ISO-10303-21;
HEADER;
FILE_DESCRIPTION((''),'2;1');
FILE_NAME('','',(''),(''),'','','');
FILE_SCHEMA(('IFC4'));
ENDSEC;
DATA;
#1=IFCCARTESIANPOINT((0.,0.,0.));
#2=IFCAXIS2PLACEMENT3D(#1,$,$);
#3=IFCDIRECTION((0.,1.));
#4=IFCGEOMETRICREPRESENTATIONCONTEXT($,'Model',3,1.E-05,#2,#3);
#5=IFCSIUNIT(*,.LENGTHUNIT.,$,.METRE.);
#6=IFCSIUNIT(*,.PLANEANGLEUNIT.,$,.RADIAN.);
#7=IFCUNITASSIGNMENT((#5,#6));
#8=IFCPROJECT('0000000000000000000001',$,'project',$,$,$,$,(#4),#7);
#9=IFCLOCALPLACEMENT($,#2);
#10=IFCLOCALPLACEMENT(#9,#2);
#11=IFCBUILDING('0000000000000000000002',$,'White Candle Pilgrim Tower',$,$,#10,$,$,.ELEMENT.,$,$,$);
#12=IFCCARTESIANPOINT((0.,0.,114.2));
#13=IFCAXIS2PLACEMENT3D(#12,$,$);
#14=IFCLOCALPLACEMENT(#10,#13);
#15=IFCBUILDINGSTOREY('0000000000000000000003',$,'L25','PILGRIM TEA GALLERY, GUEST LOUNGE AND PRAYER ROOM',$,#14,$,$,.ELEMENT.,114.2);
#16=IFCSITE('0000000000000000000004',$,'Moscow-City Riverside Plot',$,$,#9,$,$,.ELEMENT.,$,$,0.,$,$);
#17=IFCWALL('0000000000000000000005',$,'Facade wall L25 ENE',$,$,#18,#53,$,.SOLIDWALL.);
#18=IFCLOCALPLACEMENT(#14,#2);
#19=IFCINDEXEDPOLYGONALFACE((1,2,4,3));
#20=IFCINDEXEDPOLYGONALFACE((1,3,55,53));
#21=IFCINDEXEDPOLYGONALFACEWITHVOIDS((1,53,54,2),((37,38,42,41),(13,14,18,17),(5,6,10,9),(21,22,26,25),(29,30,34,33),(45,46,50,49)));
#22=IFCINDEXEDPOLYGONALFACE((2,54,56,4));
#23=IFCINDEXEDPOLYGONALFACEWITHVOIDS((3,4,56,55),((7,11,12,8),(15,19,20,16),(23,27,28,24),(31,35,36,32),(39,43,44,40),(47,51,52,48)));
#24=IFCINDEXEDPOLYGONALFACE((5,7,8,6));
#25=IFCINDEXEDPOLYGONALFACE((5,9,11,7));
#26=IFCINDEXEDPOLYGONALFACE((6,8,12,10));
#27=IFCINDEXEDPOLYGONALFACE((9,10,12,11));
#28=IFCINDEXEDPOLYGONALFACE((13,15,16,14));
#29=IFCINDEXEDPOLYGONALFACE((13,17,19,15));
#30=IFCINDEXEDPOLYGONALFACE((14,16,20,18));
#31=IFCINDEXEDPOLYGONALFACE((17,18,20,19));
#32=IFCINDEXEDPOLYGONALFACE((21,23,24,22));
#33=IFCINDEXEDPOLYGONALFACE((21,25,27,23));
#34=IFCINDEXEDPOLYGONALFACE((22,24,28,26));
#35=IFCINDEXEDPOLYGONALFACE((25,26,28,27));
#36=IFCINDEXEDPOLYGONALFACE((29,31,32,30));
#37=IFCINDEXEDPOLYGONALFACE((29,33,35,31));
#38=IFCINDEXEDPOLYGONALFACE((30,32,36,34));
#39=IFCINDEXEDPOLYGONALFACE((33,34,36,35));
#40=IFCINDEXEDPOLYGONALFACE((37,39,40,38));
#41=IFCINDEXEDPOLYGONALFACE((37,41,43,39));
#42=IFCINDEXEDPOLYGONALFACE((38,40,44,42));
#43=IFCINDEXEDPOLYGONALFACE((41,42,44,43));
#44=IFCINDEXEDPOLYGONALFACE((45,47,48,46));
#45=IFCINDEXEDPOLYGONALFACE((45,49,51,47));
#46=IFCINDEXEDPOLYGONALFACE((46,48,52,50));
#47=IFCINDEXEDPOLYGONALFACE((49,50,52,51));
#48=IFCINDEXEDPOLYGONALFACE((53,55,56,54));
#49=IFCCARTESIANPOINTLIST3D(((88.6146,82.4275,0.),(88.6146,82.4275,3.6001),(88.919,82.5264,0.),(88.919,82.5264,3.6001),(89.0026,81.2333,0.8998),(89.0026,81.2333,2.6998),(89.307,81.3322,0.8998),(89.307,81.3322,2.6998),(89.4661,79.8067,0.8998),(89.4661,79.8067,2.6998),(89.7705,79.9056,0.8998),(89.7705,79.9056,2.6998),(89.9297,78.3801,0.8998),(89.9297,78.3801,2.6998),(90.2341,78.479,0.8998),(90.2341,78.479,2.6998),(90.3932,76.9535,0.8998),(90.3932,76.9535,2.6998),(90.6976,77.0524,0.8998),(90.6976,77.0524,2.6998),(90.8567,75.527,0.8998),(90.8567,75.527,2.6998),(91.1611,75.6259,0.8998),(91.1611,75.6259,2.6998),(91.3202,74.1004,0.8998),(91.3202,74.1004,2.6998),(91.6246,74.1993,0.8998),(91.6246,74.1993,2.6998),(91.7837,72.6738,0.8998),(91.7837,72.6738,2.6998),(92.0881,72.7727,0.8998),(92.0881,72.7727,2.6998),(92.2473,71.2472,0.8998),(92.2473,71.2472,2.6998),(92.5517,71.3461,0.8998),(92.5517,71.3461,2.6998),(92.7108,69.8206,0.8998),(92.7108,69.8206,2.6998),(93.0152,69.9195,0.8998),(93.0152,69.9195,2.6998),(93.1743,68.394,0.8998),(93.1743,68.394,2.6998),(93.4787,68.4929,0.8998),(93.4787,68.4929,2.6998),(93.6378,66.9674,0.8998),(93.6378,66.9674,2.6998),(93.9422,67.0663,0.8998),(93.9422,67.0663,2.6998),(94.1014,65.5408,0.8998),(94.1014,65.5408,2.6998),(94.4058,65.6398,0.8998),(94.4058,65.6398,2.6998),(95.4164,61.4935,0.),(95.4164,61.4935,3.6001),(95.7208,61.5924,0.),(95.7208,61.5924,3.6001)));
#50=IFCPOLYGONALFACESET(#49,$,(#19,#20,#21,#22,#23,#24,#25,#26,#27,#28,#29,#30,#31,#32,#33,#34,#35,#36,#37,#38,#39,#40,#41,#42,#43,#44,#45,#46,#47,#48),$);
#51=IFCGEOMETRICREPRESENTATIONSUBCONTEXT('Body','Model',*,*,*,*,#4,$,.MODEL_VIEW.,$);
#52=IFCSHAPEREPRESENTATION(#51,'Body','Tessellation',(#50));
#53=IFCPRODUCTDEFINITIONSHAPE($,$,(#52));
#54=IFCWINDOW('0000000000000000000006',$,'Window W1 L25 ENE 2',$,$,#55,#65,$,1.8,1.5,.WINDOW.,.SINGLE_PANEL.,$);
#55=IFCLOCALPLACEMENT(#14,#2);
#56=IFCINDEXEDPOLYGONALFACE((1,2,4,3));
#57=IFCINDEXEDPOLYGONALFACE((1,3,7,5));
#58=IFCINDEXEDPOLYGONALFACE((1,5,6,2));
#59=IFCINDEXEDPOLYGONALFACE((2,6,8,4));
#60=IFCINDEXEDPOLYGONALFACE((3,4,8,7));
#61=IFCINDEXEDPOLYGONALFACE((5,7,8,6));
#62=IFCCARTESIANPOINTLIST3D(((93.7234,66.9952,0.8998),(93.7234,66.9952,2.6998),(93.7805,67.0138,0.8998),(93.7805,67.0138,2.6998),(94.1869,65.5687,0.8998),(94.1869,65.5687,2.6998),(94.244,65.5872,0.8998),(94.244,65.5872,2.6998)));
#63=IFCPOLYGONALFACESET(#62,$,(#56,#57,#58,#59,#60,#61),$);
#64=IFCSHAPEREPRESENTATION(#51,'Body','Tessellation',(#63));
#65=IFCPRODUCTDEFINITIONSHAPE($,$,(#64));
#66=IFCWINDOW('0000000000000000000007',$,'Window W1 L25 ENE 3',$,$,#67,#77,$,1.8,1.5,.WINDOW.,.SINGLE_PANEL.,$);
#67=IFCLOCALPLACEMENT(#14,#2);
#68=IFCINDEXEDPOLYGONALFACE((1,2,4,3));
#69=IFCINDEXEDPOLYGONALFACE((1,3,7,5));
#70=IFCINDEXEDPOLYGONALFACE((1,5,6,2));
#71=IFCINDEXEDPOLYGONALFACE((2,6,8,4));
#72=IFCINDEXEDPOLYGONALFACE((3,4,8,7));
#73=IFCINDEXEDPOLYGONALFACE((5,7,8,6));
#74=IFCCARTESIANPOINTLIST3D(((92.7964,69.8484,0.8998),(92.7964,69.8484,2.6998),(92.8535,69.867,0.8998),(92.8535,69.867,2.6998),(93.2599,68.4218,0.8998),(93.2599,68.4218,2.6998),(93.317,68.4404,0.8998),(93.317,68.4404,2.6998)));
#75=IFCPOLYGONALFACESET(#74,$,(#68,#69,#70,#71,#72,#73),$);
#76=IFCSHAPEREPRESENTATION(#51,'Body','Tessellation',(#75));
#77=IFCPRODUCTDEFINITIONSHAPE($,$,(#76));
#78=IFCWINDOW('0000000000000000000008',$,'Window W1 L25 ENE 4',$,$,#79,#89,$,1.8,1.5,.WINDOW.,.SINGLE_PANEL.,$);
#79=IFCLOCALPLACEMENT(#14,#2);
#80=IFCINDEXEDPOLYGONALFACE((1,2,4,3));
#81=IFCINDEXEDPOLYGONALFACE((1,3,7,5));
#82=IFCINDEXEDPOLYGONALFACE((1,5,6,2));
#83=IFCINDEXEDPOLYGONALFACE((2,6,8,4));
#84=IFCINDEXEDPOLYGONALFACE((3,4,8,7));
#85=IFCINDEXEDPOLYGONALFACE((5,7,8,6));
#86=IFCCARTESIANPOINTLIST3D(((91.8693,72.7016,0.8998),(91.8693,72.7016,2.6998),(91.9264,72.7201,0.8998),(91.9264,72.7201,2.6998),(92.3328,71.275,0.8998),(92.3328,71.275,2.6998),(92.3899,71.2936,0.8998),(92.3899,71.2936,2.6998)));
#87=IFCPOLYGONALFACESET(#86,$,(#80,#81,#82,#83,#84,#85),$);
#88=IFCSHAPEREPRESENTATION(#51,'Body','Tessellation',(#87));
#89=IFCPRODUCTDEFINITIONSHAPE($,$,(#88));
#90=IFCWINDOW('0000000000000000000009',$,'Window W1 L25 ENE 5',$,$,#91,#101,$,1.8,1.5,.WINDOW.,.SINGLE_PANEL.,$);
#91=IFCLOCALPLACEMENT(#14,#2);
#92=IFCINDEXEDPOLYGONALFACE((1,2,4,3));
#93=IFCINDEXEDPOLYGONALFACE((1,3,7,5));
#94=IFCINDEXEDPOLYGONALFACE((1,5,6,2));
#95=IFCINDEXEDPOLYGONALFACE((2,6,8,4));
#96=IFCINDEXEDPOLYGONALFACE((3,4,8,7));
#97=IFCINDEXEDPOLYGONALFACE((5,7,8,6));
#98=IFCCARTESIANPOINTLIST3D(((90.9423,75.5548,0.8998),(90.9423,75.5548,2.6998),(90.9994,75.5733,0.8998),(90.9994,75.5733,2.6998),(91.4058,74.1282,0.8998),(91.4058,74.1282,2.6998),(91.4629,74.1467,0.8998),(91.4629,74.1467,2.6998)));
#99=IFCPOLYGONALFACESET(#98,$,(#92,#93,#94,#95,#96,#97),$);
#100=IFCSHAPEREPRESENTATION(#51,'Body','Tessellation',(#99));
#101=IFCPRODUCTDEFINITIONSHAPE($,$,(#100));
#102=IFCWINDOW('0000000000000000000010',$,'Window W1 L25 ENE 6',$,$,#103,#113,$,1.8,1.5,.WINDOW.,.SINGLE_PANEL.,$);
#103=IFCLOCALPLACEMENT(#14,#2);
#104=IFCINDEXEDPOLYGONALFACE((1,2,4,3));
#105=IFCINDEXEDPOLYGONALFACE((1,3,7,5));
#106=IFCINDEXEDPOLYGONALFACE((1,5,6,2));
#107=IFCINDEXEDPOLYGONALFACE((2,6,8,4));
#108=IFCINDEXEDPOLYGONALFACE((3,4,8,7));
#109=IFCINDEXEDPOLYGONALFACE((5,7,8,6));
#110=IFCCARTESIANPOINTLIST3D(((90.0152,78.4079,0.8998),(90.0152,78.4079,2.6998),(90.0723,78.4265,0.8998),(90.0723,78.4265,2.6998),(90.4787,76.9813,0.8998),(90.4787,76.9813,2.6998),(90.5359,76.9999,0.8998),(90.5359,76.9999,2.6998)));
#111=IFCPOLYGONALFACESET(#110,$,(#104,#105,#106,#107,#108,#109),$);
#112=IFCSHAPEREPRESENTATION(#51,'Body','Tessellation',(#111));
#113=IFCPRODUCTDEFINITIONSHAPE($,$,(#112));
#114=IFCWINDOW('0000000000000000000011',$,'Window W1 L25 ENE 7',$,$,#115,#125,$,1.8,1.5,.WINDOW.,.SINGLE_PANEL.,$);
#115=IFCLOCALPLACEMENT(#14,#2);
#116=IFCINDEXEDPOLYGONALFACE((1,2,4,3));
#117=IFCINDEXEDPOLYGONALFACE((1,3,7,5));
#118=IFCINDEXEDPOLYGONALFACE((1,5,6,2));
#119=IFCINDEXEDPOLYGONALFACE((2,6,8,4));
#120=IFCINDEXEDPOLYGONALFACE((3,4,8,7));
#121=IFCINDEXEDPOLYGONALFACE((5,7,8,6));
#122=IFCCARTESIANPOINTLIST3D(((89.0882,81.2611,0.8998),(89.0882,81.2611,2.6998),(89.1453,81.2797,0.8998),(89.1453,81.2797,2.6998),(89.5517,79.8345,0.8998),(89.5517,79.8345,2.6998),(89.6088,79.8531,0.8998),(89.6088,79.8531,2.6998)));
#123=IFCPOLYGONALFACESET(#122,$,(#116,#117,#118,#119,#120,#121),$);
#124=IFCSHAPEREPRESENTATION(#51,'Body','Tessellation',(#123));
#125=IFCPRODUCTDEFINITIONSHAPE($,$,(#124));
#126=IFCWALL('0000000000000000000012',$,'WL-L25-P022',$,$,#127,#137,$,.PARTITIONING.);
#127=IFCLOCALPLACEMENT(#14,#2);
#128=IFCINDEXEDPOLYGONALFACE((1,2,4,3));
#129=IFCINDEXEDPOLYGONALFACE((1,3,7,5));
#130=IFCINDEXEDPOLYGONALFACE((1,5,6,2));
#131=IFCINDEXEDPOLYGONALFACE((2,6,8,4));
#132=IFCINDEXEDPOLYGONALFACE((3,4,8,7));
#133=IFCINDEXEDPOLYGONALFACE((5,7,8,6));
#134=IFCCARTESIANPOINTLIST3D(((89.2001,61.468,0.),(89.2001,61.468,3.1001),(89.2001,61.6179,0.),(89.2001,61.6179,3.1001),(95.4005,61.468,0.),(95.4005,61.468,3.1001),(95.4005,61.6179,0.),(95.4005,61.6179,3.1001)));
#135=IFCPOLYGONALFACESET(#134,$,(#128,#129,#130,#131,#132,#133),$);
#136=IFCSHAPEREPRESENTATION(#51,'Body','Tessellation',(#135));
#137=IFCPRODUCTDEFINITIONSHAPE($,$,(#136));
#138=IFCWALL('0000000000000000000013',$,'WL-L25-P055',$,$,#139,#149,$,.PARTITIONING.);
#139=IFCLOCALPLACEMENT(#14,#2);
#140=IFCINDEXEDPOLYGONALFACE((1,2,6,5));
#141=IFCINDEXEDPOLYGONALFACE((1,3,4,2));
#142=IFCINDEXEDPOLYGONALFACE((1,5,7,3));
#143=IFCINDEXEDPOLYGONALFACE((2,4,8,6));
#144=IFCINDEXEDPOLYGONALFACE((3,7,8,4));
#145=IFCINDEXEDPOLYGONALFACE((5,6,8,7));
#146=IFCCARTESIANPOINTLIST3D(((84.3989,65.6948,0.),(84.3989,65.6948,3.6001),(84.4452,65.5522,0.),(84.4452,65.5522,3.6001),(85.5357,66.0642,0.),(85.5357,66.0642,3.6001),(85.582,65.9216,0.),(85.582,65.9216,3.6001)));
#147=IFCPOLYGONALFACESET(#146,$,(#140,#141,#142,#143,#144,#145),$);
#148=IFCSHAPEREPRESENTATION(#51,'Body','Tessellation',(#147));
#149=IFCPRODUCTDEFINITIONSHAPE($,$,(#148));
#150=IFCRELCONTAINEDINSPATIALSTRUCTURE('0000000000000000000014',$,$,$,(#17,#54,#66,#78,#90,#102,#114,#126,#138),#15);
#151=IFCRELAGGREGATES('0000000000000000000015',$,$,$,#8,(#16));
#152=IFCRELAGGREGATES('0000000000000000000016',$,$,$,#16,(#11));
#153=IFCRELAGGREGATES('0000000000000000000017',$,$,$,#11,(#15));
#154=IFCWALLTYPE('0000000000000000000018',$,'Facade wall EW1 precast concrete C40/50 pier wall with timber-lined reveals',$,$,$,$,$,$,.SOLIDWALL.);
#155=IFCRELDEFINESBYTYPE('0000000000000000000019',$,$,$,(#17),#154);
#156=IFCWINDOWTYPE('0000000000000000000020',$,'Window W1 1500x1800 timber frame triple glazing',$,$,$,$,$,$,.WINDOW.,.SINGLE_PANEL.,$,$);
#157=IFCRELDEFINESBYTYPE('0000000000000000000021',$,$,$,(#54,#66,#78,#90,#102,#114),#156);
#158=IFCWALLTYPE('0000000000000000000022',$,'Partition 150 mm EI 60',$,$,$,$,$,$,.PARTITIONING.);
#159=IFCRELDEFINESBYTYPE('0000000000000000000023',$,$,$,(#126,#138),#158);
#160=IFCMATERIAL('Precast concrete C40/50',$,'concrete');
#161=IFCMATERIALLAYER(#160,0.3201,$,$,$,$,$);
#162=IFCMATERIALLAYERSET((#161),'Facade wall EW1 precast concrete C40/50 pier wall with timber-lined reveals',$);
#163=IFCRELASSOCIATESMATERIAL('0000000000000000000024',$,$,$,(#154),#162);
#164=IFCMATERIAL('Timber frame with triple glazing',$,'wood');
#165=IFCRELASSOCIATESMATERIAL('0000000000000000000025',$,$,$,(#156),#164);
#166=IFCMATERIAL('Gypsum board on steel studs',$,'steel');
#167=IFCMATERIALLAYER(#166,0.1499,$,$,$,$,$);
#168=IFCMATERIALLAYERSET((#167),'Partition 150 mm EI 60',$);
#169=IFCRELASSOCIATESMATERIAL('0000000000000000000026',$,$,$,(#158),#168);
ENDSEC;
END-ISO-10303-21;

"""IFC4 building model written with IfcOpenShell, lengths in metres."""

from ifc_helpers import new_model, si_unit, direction, frame, frame_2d, origin, place, context, subcontext, project, spatial, rectangle, extrude, material, layer, layer_set, type_object, element, fill, save


model = new_model("IFC4")

# Units and contexts
model_context = context("Model", 3, precision=1e-05, world=origin(), true_north=direction((0.0, 1.0)))
body_context = subcontext(model_context, "Body", "Model", "MODEL_VIEW")
ifc_project = project(units=[si_unit("LENGTHUNIT", "METRE"), si_unit("PLANEANGLEUNIT", "RADIAN")], contexts=[model_context])

# Site, building, storey
site_placement = place(None, origin())
site = spatial("IfcSite", under=ifc_project, at=site_placement, Name="Moscow-City Riverside Plot", CompositionType="ELEMENT", RefElevation=0.0)
building_placement = place(site_placement, origin())
building = spatial("IfcBuilding", under=site, at=building_placement, Name="White Candle Pilgrim Tower", CompositionType="ELEMENT")
storey_placement = place(building_placement, frame((0.0, 0.0, 114.2)))
storey = spatial("IfcBuildingStorey", under=building, at=storey_placement, Name="L25", Description="PILGRIM TEA GALLERY, GUEST LOUNGE AND PRAYER ROOM", CompositionType="ELEMENT", Elevation=114.2)

# Shared definitions
ifc_material_1 = material(Name="Gypsum board on steel studs", Category="steel")

# Wall, openings, windows
ifc_material_2 = material(Name="Precast concrete C40/50", Category="concrete")
ifc_layer_1 = layer(ifc_material_2, 0.3201)
ifc_layer_set_1 = layer_set([ifc_layer_1], Name="Facade wall EW1 precast concrete C40/50 pier wall with timber-lined reveals")
wall_type_1 = type_object("IfcWallType", Name="Facade wall EW1 precast concrete C40/50 pier wall with timber-lined reveals", PredefinedType="SOLIDWALL", material=ifc_layer_set_1)
wall_1_placement = place(storey_placement, frame((95.5686, 61.543, 0.0), z_axis=(0.0, 0.0, 1.0), x_axis=(-0.309015, 0.951057, 0.0)))
wall_1 = element("IfcWall", 1, at=wall_1_placement, inside=storey, type_object=wall_type_1, Name="Facade wall L25 ENE", PredefinedType="SOLIDWALL", context=body_context, shape_type="SweptSolid", body=[
    extrude(rectangle(XDim=22.0112, YDim=0.3201, at=frame_2d((11.0056, 0.0))), origin(), (0.0, 0.0, 1.0), 3.6001),
])
opening_1_placement = place(wall_1_placement, frame((4.2556, 0.0, 0.8999)))
opening_1 = element("IfcOpeningElement", 2, at=opening_1_placement, cuts=wall_1, PredefinedType="OPENING", context=body_context, shape_type="SweptSolid", body=[
    extrude(rectangle(XDim=1.5, YDim=1.8, at=frame_2d((0.75, 0.8999))), frame((0.0, 0.1699, 0.0), z_axis=(0.0, -1.0, 0.0), x_axis=(1.0, 0.0, 0.0)), (0.0, 0.0, 1.0), 0.3401),
])
opening_2_placement = place(wall_1_placement, frame((7.2556, 0.0, 0.8999)))
opening_2 = element("IfcOpeningElement", 3, at=opening_2_placement, cuts=wall_1, PredefinedType="OPENING", context=body_context, shape_type="SweptSolid", body=[
    extrude(rectangle(XDim=1.5, YDim=1.8, at=frame_2d((0.75, 0.8999))), frame((0.0, 0.1699, 0.0), z_axis=(0.0, -1.0, 0.0), x_axis=(1.0, 0.0, 0.0)), (0.0, 0.0, 1.0), 0.3401),
])
opening_3_placement = place(wall_1_placement, frame((10.2556, 0.0, 0.8999)))
opening_3 = element("IfcOpeningElement", 4, at=opening_3_placement, cuts=wall_1, PredefinedType="OPENING", context=body_context, shape_type="SweptSolid", body=[
    extrude(rectangle(XDim=1.5, YDim=1.8, at=frame_2d((0.75, 0.8999))), frame((0.0, 0.1699, 0.0), z_axis=(0.0, -1.0, 0.0), x_axis=(1.0, 0.0, 0.0)), (0.0, 0.0, 1.0), 0.3401),
])
opening_4_placement = place(wall_1_placement, frame((13.2556, 0.0, 0.8999)))
opening_4 = element("IfcOpeningElement", 5, at=opening_4_placement, cuts=wall_1, PredefinedType="OPENING", context=body_context, shape_type="SweptSolid", body=[
    extrude(rectangle(XDim=1.5, YDim=1.8, at=frame_2d((0.75, 0.8999))), frame((0.0, 0.1699, 0.0), z_axis=(0.0, -1.0, 0.0), x_axis=(1.0, 0.0, 0.0)), (0.0, 0.0, 1.0), 0.3401),
])
opening_5_placement = place(wall_1_placement, frame((16.2556, 0.0, 0.8999)))
opening_5 = element("IfcOpeningElement", 6, at=opening_5_placement, cuts=wall_1, PredefinedType="OPENING", context=body_context, shape_type="SweptSolid", body=[
    extrude(rectangle(XDim=1.5, YDim=1.8, at=frame_2d((0.75, 0.8999))), frame((0.0, 0.1699, 0.0), z_axis=(0.0, -1.0, 0.0), x_axis=(1.0, 0.0, 0.0)), (0.0, 0.0, 1.0), 0.3401),
])
opening_6_placement = place(wall_1_placement, frame((19.2556, 0.0, 0.8999)))
opening_6 = element("IfcOpeningElement", 7, at=opening_6_placement, cuts=wall_1, PredefinedType="OPENING", context=body_context, shape_type="SweptSolid", body=[
    extrude(rectangle(XDim=1.5, YDim=1.8, at=frame_2d((0.75, 0.8999))), frame((0.0, 0.1699, 0.0), z_axis=(0.0, -1.0, 0.0), x_axis=(1.0, 0.0, 0.0)), (0.0, 0.0, 1.0), 0.3401),
])
ifc_material_3 = material(Name="Timber frame with triple glazing", Category="wood")
window_type = type_object("IfcWindowType", Name="Window W1 1500x1800 timber frame triple glazing", PartitioningType="SINGLE_PANEL", PredefinedType="WINDOW", material=ifc_material_3)
window_1_placement = place(opening_1_placement, origin())
window_1 = element("IfcWindow", 8, at=window_1_placement, inside=storey, type_object=window_type, Name="Window W1 L25 ENE 2", OverallHeight=1.8, OverallWidth=1.5, PartitioningType="SINGLE_PANEL", PredefinedType="WINDOW", context=body_context, shape_type="SweptSolid", body=[
    extrude(rectangle(XDim=1.5, YDim=1.8, at=frame_2d((0.75, 0.8999))), frame((0.0, 0.0701, 0.0), z_axis=(0.0, -1.0, 0.0), x_axis=(1.0, 0.0, 0.0)), (0.0, 0.0, 1.0), 0.0601),
])
fill(opening_1, window_1)
window_2_placement = place(opening_2_placement, origin())
window_2 = element("IfcWindow", 9, at=window_2_placement, inside=storey, type_object=window_type, Name="Window W1 L25 ENE 3", OverallHeight=1.8, OverallWidth=1.5, PartitioningType="SINGLE_PANEL", PredefinedType="WINDOW", context=body_context, shape_type="SweptSolid", body=[
    extrude(rectangle(XDim=1.5, YDim=1.8, at=frame_2d((0.75, 0.8999))), frame((0.0, 0.0701, 0.0), z_axis=(0.0, -1.0, 0.0), x_axis=(1.0, 0.0, 0.0)), (0.0, 0.0, 1.0), 0.0601),
])
fill(opening_2, window_2)
window_3_placement = place(opening_3_placement, origin())
window_3 = element("IfcWindow", 10, at=window_3_placement, inside=storey, type_object=window_type, Name="Window W1 L25 ENE 4", OverallHeight=1.8, OverallWidth=1.5, PartitioningType="SINGLE_PANEL", PredefinedType="WINDOW", context=body_context, shape_type="SweptSolid", body=[
    extrude(rectangle(XDim=1.5, YDim=1.8, at=frame_2d((0.75, 0.8999))), frame((0.0, 0.0701, 0.0), z_axis=(0.0, -1.0, 0.0), x_axis=(1.0, 0.0, 0.0)), (0.0, 0.0, 1.0), 0.0601),
])
fill(opening_3, window_3)
window_4_placement = place(opening_4_placement, origin())
window_4 = element("IfcWindow", 11, at=window_4_placement, inside=storey, type_object=window_type, Name="Window W1 L25 ENE 5", OverallHeight=1.8, OverallWidth=1.5, PartitioningType="SINGLE_PANEL", PredefinedType="WINDOW", context=body_context, shape_type="SweptSolid", body=[
    extrude(rectangle(XDim=1.5, YDim=1.8, at=frame_2d((0.75, 0.8999))), frame((0.0, 0.0701, 0.0), z_axis=(0.0, -1.0, 0.0), x_axis=(1.0, 0.0, 0.0)), (0.0, 0.0, 1.0), 0.0601),
])
fill(opening_4, window_4)
window_5_placement = place(opening_5_placement, origin())
window_5 = element("IfcWindow", 12, at=window_5_placement, inside=storey, type_object=window_type, Name="Window W1 L25 ENE 6", OverallHeight=1.8, OverallWidth=1.5, PartitioningType="SINGLE_PANEL", PredefinedType="WINDOW", context=body_context, shape_type="SweptSolid", body=[
    extrude(rectangle(XDim=1.5, YDim=1.8, at=frame_2d((0.75, 0.8999))), frame((0.0, 0.0701, 0.0), z_axis=(0.0, -1.0, 0.0), x_axis=(1.0, 0.0, 0.0)), (0.0, 0.0, 1.0), 0.0601),
])
fill(opening_5, window_5)
window_6_placement = place(opening_6_placement, origin())
window_6 = element("IfcWindow", 13, at=window_6_placement, inside=storey, type_object=window_type, Name="Window W1 L25 ENE 7", OverallHeight=1.8, OverallWidth=1.5, PartitioningType="SINGLE_PANEL", PredefinedType="WINDOW", context=body_context, shape_type="SweptSolid", body=[
    extrude(rectangle(XDim=1.5, YDim=1.8, at=frame_2d((0.75, 0.8999))), frame((0.0, 0.0701, 0.0), z_axis=(0.0, -1.0, 0.0), x_axis=(1.0, 0.0, 0.0)), (0.0, 0.0, 1.0), 0.0601),
])
fill(opening_6, window_6)

# Walls
ifc_layer_2 = layer(ifc_material_1, 0.1499)
ifc_layer_set_2 = layer_set([ifc_layer_2], Name="Partition 150 mm EI 60")
wall_type_2 = type_object("IfcWallType", Name="Partition 150 mm EI 60", PredefinedType="PARTITIONING", material=ifc_layer_set_2)
wall_2_placement = place(storey_placement, frame((95.4004, 61.543, 0.0), z_axis=(0.0, 0.0, 1.0), x_axis=(-1.0, 0.0, 0.0)))
element("IfcWall", 14, at=wall_2_placement, inside=storey, type_object=wall_type_2, Name="WL-L25-P022", PredefinedType="PARTITIONING", context=body_context, shape_type="SweptSolid", body=[
    extrude(rectangle(XDim=6.2004, YDim=0.1499, at=frame_2d((3.1001, 0.0))), origin(), (0.0, 0.0, 1.0), 3.1001),
])
wall_3_placement = place(storey_placement, frame((85.5588, 65.9929, 0.0), z_axis=(0.0, 0.0, 1.0), x_axis=(-0.951046, -0.309049, 0.0)))
element("IfcWall", 15, at=wall_3_placement, inside=storey, type_object=wall_type_2, Name="WL-L25-P055", PredefinedType="PARTITIONING", context=body_context, shape_type="SweptSolid", body=[
    extrude(rectangle(XDim=1.1953, YDim=0.1499, at=frame_2d((0.5977, 0.0))), origin(), (0.0, 0.0, 1.0), 3.6001),
])

save(model, "model.ifc")
